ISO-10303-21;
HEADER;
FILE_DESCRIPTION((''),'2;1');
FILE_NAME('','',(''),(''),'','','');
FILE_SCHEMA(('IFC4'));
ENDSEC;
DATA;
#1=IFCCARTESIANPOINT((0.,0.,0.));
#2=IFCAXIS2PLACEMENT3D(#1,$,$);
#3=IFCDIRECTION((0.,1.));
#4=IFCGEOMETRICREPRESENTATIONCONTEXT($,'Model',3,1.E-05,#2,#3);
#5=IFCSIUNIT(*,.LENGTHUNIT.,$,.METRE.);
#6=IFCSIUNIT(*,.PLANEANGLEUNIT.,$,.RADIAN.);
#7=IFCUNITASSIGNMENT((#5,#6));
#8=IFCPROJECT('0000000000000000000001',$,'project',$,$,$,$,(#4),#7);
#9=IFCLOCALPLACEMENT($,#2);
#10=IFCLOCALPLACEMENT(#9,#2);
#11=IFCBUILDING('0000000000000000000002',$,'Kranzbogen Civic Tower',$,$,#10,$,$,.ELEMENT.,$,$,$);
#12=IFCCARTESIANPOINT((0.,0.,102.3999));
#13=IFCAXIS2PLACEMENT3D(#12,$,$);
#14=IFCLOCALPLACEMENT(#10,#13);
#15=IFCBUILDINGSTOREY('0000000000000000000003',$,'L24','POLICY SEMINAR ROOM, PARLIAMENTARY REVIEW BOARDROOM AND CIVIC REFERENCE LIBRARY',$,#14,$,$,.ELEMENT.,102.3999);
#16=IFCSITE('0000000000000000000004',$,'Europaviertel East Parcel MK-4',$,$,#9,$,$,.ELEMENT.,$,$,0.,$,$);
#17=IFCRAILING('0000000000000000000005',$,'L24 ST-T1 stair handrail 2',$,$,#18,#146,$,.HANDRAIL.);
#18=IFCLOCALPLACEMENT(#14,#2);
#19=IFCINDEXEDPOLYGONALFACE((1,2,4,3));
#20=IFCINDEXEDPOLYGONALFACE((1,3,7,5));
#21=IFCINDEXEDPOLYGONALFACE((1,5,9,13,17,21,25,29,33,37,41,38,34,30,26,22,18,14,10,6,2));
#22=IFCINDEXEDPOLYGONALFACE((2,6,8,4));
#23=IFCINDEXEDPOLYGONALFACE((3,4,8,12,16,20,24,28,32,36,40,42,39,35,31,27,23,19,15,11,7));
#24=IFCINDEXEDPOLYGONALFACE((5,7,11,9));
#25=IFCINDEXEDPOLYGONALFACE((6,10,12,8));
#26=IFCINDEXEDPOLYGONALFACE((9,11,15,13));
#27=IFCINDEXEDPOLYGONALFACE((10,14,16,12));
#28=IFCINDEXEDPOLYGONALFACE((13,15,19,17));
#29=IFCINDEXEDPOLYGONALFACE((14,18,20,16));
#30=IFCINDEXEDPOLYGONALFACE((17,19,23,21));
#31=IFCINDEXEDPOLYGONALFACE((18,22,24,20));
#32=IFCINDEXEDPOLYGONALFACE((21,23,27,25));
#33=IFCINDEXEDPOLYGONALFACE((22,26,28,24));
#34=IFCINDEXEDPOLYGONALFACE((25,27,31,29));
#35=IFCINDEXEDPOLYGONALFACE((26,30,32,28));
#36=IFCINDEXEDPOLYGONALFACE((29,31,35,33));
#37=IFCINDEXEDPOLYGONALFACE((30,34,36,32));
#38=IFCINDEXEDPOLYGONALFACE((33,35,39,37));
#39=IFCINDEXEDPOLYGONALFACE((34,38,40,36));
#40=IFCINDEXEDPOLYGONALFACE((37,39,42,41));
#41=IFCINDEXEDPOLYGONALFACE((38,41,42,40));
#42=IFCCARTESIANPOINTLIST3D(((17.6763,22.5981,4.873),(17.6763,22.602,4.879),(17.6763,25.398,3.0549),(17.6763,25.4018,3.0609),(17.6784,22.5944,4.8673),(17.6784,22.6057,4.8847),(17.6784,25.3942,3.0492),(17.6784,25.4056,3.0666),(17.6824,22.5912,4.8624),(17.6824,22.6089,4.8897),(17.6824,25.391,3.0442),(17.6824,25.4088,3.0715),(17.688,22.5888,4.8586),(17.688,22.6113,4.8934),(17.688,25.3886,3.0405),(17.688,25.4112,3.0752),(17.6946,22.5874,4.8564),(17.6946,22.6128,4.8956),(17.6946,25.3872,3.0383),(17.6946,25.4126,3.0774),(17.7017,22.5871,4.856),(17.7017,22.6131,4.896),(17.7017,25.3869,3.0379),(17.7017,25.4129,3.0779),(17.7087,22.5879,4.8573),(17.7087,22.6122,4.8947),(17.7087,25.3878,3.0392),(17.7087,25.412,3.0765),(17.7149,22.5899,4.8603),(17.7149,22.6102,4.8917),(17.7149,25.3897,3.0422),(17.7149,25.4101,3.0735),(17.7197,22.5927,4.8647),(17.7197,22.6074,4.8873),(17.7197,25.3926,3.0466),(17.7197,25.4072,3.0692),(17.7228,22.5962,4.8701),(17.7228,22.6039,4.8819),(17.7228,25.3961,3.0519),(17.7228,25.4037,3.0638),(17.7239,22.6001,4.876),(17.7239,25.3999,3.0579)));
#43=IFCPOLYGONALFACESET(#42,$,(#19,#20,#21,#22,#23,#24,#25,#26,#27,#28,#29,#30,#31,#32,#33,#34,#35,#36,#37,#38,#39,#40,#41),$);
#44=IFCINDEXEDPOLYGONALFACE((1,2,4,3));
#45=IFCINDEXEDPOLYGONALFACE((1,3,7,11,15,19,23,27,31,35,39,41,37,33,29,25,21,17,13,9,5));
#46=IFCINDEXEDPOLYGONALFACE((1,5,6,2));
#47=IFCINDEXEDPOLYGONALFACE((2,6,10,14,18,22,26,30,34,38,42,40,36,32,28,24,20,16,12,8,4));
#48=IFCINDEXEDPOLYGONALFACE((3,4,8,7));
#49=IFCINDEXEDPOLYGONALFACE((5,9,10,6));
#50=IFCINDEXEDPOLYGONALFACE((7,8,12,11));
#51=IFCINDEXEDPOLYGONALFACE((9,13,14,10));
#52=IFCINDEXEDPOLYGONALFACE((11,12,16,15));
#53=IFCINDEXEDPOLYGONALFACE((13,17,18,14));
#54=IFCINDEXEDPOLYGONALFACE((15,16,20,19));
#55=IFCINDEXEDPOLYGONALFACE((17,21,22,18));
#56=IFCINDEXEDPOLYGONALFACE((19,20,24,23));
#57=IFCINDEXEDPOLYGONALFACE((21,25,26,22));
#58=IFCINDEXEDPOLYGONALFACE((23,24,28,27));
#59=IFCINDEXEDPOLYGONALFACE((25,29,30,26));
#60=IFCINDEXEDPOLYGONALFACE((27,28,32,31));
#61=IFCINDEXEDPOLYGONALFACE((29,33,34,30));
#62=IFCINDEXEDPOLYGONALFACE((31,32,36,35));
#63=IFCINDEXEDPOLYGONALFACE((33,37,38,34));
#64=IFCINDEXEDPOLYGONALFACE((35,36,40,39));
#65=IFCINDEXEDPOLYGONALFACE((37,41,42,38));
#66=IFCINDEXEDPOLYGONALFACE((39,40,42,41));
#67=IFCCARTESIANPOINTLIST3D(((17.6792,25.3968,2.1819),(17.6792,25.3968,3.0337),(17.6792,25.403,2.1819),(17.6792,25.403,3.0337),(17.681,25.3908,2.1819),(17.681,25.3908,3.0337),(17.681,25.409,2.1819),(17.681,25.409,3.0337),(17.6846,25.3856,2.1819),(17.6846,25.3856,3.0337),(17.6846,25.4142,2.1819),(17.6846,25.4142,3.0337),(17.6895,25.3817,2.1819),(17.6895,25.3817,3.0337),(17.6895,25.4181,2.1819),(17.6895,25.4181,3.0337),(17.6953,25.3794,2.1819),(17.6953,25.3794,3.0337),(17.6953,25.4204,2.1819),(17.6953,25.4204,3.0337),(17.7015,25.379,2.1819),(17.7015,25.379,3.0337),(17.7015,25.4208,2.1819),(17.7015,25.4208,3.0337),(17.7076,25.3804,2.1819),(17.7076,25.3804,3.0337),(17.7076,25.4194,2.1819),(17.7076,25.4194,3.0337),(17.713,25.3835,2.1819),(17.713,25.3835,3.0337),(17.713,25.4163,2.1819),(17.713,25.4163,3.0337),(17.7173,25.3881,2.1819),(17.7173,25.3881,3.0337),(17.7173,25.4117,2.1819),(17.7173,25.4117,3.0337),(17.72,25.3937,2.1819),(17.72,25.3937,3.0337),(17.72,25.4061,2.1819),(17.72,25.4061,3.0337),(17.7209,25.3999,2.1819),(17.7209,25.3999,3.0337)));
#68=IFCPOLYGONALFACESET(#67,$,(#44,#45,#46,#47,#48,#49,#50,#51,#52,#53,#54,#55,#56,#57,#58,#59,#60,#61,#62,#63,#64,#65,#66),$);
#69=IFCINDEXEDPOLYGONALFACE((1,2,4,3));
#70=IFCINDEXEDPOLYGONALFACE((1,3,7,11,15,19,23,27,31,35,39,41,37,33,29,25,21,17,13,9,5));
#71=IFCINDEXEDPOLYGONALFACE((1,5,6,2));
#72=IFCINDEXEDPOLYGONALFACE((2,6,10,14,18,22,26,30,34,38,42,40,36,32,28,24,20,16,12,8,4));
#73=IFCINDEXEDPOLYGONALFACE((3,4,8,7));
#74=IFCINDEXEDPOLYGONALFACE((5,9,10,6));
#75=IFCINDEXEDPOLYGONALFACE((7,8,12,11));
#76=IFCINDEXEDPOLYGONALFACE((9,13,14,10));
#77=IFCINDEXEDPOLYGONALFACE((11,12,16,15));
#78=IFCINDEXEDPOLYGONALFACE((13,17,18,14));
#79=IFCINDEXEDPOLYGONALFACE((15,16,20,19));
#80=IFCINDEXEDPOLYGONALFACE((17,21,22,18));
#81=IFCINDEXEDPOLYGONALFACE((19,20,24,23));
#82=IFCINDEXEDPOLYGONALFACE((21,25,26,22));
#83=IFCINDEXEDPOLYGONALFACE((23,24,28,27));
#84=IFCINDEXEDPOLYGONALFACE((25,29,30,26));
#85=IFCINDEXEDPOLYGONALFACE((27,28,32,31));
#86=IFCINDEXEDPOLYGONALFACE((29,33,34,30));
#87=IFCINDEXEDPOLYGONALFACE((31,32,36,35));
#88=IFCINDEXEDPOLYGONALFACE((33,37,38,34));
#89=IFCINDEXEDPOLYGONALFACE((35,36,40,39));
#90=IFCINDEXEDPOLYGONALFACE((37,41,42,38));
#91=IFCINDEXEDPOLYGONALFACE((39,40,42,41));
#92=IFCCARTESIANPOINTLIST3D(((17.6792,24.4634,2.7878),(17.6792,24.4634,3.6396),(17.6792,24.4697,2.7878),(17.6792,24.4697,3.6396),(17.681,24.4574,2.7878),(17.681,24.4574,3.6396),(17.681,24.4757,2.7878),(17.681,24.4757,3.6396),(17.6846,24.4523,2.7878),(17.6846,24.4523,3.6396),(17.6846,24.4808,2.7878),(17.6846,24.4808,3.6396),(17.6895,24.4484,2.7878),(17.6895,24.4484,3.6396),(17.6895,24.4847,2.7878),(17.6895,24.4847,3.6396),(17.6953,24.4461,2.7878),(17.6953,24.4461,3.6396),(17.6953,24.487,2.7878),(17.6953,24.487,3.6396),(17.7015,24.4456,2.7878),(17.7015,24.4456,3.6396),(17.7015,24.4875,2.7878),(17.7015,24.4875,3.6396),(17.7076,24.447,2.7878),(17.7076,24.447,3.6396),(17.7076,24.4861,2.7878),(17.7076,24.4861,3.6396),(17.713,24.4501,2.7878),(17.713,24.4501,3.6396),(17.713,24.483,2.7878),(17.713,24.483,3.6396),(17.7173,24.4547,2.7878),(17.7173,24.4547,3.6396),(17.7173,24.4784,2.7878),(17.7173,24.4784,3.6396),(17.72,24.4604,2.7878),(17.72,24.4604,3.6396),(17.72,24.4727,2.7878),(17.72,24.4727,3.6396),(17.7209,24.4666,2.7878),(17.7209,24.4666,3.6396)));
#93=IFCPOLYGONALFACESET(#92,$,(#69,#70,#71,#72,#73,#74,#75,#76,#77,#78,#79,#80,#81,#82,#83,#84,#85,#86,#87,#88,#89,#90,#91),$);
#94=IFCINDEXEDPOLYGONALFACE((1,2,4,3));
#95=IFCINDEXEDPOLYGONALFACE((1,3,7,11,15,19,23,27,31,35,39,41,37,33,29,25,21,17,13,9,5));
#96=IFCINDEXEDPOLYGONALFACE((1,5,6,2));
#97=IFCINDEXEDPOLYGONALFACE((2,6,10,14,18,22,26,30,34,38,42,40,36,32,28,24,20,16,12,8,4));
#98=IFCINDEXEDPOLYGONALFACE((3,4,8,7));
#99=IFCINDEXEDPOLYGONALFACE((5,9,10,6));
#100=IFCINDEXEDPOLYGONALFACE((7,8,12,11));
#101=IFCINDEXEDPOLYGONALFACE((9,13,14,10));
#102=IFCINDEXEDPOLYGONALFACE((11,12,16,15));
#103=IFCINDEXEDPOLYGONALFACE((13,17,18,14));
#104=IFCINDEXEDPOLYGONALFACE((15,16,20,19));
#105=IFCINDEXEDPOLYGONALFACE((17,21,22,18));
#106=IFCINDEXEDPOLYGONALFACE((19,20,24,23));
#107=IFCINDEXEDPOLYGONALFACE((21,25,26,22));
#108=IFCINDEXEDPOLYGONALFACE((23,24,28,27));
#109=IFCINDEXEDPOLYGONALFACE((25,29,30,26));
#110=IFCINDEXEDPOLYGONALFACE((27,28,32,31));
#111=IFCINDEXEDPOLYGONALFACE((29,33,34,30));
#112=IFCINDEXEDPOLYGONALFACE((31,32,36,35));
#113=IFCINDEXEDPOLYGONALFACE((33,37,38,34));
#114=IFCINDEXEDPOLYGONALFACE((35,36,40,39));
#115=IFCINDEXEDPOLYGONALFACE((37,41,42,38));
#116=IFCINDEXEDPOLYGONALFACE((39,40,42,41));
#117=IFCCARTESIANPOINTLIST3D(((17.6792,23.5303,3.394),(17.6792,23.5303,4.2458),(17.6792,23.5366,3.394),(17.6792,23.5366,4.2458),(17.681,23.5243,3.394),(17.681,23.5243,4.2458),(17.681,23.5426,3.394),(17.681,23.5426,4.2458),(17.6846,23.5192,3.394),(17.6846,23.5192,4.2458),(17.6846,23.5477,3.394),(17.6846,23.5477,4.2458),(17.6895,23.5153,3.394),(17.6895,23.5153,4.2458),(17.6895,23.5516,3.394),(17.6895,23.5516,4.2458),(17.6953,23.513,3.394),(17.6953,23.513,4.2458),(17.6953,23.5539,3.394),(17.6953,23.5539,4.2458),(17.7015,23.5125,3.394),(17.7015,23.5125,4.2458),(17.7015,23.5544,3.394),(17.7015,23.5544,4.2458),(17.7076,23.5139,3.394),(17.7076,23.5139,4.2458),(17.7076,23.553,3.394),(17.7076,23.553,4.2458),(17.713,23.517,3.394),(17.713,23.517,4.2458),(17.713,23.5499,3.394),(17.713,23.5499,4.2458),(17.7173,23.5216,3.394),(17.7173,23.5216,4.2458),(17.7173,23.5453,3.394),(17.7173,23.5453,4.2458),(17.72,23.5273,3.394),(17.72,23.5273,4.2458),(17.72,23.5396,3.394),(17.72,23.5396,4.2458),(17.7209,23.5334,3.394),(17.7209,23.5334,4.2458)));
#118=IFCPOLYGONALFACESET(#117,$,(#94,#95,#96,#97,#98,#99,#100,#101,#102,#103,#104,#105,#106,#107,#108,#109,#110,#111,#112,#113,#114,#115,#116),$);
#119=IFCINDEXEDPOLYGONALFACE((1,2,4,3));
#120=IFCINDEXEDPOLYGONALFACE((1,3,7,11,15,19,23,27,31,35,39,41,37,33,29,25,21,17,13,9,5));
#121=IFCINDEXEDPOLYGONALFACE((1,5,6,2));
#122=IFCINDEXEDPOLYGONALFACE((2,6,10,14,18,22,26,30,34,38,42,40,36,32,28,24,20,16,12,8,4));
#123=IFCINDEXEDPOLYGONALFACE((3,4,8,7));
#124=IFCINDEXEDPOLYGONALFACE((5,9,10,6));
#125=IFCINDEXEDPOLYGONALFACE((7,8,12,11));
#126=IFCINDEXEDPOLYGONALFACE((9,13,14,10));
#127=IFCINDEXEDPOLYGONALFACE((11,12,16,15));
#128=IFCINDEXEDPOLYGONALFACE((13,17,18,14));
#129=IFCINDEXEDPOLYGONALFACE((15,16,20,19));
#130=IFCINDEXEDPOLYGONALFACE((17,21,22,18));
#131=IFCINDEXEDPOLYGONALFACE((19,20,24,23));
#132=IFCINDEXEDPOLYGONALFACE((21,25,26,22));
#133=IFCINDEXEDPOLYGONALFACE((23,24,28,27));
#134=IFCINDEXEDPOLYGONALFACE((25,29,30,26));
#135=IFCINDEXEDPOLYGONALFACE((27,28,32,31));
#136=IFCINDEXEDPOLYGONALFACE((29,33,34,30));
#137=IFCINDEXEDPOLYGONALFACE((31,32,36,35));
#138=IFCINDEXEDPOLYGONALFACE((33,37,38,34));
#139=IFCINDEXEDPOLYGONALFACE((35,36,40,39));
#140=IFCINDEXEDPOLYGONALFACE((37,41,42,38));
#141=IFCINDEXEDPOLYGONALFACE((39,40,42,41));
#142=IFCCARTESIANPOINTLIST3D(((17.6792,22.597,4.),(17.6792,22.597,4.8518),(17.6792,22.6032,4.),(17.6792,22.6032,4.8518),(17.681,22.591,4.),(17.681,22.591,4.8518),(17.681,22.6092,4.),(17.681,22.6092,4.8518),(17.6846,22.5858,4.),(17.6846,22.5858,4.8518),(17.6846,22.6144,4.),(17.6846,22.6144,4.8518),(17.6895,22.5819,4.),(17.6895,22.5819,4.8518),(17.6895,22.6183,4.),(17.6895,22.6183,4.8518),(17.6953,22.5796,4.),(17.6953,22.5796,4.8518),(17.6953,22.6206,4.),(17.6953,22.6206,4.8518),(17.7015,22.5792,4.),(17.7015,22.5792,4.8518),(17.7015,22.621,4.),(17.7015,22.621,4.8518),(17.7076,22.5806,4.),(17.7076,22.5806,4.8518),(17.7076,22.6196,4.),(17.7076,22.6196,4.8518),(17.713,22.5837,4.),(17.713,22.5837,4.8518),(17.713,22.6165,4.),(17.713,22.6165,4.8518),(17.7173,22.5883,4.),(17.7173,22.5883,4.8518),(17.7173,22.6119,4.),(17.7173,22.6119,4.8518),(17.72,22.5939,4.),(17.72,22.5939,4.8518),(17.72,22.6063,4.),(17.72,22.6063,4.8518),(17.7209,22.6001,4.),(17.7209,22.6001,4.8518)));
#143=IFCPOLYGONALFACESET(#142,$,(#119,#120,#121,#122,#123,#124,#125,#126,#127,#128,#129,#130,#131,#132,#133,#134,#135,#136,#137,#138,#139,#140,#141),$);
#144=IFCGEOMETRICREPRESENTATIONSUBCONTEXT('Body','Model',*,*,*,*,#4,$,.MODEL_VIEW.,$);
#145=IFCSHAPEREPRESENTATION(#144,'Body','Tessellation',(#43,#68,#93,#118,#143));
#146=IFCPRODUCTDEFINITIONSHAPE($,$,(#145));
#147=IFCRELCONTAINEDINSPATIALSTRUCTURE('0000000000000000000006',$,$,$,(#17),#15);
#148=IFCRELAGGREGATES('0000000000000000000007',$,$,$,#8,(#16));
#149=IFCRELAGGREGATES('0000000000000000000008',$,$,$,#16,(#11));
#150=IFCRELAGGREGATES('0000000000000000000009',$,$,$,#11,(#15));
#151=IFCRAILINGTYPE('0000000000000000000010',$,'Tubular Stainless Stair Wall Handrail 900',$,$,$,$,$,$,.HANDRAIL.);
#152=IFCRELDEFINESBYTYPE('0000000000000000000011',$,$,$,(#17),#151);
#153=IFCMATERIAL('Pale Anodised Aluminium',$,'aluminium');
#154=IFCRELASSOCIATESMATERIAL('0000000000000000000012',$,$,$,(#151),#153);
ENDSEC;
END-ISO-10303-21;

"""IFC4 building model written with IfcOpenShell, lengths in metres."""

from ifc_helpers import new_model, si_unit, direction, frame, origin, origin_2d, place, context, subcontext, project, spatial, circle, extrude, material, type_object, element, save


model = new_model("IFC4")

# Units and contexts
model_context = context("Model", 3, precision=1e-05, world=origin(), true_north=direction((0.0, 1.0)))
body_context = subcontext(model_context, "Body", "Model", "MODEL_VIEW")
ifc_project = project(units=[si_unit("LENGTHUNIT", "METRE"), si_unit("PLANEANGLEUNIT", "RADIAN")], contexts=[model_context])

# Site, building, storey
site_placement = place(None, origin())
site = spatial("IfcSite", under=ifc_project, at=site_placement, Name="Europaviertel East Parcel MK-4", CompositionType="ELEMENT", RefElevation=0.0)
building_placement = place(site_placement, origin())
building = spatial("IfcBuilding", under=site, at=building_placement, Name="Kranzbogen Civic Tower", CompositionType="ELEMENT")
storey_placement = place(building_placement, frame((0.0, 0.0, 102.3999)))
storey = spatial("IfcBuildingStorey", under=building, at=storey_placement, Name="L24", Description="POLICY SEMINAR ROOM, PARLIAMENTARY REVIEW BOARDROOM AND CIVIC REFERENCE LIBRARY", CompositionType="ELEMENT", Elevation=102.3999)

# Railing
ifc_material_1 = material(Name="Pale Anodised Aluminium", Category="aluminium")
railing_type_1 = type_object("IfcRailingType", Name="Tubular Stainless Stair Wall Handrail 900", PredefinedType="HANDRAIL", material=ifc_material_1)
railing_1_placement = place(storey_placement, frame((17.7, 25.3999, 2.1819)))
element("IfcRailing", 1, at=railing_1_placement, inside=storey, type_object=railing_type_1, Name="L24 ST-T1 stair handrail 2", PredefinedType="HANDRAIL", context=body_context, shape_type="SweptSolid", body=[
    extrude(circle(Radius=0.0239, at=origin_2d()), frame((0.0, 0.0, 0.876), z_axis=(0.0, -0.838684, 0.544618), x_axis=(1.0, 0.0, 0.0)), (0.0, 0.0, 1.0), 3.3384),
    extrude(circle(Radius=0.021, at=origin_2d()), origin(), (0.0, 0.0, 1.0), 0.8518),
    extrude(circle(Radius=0.021, at=origin_2d()), frame((0.0, -0.9333, 0.606)), (0.0, 0.0, 1.0), 0.8518),
    extrude(circle(Radius=0.021, at=origin_2d()), frame((0.0, -1.8665, 1.2122)), (0.0, 0.0, 1.0), 0.8518),
    extrude(circle(Radius=0.021, at=origin_2d()), frame((0.0, -2.7998, 1.8181)), (0.0, 0.0, 1.0), 0.8518),
])

save(model, "model.ifc")
